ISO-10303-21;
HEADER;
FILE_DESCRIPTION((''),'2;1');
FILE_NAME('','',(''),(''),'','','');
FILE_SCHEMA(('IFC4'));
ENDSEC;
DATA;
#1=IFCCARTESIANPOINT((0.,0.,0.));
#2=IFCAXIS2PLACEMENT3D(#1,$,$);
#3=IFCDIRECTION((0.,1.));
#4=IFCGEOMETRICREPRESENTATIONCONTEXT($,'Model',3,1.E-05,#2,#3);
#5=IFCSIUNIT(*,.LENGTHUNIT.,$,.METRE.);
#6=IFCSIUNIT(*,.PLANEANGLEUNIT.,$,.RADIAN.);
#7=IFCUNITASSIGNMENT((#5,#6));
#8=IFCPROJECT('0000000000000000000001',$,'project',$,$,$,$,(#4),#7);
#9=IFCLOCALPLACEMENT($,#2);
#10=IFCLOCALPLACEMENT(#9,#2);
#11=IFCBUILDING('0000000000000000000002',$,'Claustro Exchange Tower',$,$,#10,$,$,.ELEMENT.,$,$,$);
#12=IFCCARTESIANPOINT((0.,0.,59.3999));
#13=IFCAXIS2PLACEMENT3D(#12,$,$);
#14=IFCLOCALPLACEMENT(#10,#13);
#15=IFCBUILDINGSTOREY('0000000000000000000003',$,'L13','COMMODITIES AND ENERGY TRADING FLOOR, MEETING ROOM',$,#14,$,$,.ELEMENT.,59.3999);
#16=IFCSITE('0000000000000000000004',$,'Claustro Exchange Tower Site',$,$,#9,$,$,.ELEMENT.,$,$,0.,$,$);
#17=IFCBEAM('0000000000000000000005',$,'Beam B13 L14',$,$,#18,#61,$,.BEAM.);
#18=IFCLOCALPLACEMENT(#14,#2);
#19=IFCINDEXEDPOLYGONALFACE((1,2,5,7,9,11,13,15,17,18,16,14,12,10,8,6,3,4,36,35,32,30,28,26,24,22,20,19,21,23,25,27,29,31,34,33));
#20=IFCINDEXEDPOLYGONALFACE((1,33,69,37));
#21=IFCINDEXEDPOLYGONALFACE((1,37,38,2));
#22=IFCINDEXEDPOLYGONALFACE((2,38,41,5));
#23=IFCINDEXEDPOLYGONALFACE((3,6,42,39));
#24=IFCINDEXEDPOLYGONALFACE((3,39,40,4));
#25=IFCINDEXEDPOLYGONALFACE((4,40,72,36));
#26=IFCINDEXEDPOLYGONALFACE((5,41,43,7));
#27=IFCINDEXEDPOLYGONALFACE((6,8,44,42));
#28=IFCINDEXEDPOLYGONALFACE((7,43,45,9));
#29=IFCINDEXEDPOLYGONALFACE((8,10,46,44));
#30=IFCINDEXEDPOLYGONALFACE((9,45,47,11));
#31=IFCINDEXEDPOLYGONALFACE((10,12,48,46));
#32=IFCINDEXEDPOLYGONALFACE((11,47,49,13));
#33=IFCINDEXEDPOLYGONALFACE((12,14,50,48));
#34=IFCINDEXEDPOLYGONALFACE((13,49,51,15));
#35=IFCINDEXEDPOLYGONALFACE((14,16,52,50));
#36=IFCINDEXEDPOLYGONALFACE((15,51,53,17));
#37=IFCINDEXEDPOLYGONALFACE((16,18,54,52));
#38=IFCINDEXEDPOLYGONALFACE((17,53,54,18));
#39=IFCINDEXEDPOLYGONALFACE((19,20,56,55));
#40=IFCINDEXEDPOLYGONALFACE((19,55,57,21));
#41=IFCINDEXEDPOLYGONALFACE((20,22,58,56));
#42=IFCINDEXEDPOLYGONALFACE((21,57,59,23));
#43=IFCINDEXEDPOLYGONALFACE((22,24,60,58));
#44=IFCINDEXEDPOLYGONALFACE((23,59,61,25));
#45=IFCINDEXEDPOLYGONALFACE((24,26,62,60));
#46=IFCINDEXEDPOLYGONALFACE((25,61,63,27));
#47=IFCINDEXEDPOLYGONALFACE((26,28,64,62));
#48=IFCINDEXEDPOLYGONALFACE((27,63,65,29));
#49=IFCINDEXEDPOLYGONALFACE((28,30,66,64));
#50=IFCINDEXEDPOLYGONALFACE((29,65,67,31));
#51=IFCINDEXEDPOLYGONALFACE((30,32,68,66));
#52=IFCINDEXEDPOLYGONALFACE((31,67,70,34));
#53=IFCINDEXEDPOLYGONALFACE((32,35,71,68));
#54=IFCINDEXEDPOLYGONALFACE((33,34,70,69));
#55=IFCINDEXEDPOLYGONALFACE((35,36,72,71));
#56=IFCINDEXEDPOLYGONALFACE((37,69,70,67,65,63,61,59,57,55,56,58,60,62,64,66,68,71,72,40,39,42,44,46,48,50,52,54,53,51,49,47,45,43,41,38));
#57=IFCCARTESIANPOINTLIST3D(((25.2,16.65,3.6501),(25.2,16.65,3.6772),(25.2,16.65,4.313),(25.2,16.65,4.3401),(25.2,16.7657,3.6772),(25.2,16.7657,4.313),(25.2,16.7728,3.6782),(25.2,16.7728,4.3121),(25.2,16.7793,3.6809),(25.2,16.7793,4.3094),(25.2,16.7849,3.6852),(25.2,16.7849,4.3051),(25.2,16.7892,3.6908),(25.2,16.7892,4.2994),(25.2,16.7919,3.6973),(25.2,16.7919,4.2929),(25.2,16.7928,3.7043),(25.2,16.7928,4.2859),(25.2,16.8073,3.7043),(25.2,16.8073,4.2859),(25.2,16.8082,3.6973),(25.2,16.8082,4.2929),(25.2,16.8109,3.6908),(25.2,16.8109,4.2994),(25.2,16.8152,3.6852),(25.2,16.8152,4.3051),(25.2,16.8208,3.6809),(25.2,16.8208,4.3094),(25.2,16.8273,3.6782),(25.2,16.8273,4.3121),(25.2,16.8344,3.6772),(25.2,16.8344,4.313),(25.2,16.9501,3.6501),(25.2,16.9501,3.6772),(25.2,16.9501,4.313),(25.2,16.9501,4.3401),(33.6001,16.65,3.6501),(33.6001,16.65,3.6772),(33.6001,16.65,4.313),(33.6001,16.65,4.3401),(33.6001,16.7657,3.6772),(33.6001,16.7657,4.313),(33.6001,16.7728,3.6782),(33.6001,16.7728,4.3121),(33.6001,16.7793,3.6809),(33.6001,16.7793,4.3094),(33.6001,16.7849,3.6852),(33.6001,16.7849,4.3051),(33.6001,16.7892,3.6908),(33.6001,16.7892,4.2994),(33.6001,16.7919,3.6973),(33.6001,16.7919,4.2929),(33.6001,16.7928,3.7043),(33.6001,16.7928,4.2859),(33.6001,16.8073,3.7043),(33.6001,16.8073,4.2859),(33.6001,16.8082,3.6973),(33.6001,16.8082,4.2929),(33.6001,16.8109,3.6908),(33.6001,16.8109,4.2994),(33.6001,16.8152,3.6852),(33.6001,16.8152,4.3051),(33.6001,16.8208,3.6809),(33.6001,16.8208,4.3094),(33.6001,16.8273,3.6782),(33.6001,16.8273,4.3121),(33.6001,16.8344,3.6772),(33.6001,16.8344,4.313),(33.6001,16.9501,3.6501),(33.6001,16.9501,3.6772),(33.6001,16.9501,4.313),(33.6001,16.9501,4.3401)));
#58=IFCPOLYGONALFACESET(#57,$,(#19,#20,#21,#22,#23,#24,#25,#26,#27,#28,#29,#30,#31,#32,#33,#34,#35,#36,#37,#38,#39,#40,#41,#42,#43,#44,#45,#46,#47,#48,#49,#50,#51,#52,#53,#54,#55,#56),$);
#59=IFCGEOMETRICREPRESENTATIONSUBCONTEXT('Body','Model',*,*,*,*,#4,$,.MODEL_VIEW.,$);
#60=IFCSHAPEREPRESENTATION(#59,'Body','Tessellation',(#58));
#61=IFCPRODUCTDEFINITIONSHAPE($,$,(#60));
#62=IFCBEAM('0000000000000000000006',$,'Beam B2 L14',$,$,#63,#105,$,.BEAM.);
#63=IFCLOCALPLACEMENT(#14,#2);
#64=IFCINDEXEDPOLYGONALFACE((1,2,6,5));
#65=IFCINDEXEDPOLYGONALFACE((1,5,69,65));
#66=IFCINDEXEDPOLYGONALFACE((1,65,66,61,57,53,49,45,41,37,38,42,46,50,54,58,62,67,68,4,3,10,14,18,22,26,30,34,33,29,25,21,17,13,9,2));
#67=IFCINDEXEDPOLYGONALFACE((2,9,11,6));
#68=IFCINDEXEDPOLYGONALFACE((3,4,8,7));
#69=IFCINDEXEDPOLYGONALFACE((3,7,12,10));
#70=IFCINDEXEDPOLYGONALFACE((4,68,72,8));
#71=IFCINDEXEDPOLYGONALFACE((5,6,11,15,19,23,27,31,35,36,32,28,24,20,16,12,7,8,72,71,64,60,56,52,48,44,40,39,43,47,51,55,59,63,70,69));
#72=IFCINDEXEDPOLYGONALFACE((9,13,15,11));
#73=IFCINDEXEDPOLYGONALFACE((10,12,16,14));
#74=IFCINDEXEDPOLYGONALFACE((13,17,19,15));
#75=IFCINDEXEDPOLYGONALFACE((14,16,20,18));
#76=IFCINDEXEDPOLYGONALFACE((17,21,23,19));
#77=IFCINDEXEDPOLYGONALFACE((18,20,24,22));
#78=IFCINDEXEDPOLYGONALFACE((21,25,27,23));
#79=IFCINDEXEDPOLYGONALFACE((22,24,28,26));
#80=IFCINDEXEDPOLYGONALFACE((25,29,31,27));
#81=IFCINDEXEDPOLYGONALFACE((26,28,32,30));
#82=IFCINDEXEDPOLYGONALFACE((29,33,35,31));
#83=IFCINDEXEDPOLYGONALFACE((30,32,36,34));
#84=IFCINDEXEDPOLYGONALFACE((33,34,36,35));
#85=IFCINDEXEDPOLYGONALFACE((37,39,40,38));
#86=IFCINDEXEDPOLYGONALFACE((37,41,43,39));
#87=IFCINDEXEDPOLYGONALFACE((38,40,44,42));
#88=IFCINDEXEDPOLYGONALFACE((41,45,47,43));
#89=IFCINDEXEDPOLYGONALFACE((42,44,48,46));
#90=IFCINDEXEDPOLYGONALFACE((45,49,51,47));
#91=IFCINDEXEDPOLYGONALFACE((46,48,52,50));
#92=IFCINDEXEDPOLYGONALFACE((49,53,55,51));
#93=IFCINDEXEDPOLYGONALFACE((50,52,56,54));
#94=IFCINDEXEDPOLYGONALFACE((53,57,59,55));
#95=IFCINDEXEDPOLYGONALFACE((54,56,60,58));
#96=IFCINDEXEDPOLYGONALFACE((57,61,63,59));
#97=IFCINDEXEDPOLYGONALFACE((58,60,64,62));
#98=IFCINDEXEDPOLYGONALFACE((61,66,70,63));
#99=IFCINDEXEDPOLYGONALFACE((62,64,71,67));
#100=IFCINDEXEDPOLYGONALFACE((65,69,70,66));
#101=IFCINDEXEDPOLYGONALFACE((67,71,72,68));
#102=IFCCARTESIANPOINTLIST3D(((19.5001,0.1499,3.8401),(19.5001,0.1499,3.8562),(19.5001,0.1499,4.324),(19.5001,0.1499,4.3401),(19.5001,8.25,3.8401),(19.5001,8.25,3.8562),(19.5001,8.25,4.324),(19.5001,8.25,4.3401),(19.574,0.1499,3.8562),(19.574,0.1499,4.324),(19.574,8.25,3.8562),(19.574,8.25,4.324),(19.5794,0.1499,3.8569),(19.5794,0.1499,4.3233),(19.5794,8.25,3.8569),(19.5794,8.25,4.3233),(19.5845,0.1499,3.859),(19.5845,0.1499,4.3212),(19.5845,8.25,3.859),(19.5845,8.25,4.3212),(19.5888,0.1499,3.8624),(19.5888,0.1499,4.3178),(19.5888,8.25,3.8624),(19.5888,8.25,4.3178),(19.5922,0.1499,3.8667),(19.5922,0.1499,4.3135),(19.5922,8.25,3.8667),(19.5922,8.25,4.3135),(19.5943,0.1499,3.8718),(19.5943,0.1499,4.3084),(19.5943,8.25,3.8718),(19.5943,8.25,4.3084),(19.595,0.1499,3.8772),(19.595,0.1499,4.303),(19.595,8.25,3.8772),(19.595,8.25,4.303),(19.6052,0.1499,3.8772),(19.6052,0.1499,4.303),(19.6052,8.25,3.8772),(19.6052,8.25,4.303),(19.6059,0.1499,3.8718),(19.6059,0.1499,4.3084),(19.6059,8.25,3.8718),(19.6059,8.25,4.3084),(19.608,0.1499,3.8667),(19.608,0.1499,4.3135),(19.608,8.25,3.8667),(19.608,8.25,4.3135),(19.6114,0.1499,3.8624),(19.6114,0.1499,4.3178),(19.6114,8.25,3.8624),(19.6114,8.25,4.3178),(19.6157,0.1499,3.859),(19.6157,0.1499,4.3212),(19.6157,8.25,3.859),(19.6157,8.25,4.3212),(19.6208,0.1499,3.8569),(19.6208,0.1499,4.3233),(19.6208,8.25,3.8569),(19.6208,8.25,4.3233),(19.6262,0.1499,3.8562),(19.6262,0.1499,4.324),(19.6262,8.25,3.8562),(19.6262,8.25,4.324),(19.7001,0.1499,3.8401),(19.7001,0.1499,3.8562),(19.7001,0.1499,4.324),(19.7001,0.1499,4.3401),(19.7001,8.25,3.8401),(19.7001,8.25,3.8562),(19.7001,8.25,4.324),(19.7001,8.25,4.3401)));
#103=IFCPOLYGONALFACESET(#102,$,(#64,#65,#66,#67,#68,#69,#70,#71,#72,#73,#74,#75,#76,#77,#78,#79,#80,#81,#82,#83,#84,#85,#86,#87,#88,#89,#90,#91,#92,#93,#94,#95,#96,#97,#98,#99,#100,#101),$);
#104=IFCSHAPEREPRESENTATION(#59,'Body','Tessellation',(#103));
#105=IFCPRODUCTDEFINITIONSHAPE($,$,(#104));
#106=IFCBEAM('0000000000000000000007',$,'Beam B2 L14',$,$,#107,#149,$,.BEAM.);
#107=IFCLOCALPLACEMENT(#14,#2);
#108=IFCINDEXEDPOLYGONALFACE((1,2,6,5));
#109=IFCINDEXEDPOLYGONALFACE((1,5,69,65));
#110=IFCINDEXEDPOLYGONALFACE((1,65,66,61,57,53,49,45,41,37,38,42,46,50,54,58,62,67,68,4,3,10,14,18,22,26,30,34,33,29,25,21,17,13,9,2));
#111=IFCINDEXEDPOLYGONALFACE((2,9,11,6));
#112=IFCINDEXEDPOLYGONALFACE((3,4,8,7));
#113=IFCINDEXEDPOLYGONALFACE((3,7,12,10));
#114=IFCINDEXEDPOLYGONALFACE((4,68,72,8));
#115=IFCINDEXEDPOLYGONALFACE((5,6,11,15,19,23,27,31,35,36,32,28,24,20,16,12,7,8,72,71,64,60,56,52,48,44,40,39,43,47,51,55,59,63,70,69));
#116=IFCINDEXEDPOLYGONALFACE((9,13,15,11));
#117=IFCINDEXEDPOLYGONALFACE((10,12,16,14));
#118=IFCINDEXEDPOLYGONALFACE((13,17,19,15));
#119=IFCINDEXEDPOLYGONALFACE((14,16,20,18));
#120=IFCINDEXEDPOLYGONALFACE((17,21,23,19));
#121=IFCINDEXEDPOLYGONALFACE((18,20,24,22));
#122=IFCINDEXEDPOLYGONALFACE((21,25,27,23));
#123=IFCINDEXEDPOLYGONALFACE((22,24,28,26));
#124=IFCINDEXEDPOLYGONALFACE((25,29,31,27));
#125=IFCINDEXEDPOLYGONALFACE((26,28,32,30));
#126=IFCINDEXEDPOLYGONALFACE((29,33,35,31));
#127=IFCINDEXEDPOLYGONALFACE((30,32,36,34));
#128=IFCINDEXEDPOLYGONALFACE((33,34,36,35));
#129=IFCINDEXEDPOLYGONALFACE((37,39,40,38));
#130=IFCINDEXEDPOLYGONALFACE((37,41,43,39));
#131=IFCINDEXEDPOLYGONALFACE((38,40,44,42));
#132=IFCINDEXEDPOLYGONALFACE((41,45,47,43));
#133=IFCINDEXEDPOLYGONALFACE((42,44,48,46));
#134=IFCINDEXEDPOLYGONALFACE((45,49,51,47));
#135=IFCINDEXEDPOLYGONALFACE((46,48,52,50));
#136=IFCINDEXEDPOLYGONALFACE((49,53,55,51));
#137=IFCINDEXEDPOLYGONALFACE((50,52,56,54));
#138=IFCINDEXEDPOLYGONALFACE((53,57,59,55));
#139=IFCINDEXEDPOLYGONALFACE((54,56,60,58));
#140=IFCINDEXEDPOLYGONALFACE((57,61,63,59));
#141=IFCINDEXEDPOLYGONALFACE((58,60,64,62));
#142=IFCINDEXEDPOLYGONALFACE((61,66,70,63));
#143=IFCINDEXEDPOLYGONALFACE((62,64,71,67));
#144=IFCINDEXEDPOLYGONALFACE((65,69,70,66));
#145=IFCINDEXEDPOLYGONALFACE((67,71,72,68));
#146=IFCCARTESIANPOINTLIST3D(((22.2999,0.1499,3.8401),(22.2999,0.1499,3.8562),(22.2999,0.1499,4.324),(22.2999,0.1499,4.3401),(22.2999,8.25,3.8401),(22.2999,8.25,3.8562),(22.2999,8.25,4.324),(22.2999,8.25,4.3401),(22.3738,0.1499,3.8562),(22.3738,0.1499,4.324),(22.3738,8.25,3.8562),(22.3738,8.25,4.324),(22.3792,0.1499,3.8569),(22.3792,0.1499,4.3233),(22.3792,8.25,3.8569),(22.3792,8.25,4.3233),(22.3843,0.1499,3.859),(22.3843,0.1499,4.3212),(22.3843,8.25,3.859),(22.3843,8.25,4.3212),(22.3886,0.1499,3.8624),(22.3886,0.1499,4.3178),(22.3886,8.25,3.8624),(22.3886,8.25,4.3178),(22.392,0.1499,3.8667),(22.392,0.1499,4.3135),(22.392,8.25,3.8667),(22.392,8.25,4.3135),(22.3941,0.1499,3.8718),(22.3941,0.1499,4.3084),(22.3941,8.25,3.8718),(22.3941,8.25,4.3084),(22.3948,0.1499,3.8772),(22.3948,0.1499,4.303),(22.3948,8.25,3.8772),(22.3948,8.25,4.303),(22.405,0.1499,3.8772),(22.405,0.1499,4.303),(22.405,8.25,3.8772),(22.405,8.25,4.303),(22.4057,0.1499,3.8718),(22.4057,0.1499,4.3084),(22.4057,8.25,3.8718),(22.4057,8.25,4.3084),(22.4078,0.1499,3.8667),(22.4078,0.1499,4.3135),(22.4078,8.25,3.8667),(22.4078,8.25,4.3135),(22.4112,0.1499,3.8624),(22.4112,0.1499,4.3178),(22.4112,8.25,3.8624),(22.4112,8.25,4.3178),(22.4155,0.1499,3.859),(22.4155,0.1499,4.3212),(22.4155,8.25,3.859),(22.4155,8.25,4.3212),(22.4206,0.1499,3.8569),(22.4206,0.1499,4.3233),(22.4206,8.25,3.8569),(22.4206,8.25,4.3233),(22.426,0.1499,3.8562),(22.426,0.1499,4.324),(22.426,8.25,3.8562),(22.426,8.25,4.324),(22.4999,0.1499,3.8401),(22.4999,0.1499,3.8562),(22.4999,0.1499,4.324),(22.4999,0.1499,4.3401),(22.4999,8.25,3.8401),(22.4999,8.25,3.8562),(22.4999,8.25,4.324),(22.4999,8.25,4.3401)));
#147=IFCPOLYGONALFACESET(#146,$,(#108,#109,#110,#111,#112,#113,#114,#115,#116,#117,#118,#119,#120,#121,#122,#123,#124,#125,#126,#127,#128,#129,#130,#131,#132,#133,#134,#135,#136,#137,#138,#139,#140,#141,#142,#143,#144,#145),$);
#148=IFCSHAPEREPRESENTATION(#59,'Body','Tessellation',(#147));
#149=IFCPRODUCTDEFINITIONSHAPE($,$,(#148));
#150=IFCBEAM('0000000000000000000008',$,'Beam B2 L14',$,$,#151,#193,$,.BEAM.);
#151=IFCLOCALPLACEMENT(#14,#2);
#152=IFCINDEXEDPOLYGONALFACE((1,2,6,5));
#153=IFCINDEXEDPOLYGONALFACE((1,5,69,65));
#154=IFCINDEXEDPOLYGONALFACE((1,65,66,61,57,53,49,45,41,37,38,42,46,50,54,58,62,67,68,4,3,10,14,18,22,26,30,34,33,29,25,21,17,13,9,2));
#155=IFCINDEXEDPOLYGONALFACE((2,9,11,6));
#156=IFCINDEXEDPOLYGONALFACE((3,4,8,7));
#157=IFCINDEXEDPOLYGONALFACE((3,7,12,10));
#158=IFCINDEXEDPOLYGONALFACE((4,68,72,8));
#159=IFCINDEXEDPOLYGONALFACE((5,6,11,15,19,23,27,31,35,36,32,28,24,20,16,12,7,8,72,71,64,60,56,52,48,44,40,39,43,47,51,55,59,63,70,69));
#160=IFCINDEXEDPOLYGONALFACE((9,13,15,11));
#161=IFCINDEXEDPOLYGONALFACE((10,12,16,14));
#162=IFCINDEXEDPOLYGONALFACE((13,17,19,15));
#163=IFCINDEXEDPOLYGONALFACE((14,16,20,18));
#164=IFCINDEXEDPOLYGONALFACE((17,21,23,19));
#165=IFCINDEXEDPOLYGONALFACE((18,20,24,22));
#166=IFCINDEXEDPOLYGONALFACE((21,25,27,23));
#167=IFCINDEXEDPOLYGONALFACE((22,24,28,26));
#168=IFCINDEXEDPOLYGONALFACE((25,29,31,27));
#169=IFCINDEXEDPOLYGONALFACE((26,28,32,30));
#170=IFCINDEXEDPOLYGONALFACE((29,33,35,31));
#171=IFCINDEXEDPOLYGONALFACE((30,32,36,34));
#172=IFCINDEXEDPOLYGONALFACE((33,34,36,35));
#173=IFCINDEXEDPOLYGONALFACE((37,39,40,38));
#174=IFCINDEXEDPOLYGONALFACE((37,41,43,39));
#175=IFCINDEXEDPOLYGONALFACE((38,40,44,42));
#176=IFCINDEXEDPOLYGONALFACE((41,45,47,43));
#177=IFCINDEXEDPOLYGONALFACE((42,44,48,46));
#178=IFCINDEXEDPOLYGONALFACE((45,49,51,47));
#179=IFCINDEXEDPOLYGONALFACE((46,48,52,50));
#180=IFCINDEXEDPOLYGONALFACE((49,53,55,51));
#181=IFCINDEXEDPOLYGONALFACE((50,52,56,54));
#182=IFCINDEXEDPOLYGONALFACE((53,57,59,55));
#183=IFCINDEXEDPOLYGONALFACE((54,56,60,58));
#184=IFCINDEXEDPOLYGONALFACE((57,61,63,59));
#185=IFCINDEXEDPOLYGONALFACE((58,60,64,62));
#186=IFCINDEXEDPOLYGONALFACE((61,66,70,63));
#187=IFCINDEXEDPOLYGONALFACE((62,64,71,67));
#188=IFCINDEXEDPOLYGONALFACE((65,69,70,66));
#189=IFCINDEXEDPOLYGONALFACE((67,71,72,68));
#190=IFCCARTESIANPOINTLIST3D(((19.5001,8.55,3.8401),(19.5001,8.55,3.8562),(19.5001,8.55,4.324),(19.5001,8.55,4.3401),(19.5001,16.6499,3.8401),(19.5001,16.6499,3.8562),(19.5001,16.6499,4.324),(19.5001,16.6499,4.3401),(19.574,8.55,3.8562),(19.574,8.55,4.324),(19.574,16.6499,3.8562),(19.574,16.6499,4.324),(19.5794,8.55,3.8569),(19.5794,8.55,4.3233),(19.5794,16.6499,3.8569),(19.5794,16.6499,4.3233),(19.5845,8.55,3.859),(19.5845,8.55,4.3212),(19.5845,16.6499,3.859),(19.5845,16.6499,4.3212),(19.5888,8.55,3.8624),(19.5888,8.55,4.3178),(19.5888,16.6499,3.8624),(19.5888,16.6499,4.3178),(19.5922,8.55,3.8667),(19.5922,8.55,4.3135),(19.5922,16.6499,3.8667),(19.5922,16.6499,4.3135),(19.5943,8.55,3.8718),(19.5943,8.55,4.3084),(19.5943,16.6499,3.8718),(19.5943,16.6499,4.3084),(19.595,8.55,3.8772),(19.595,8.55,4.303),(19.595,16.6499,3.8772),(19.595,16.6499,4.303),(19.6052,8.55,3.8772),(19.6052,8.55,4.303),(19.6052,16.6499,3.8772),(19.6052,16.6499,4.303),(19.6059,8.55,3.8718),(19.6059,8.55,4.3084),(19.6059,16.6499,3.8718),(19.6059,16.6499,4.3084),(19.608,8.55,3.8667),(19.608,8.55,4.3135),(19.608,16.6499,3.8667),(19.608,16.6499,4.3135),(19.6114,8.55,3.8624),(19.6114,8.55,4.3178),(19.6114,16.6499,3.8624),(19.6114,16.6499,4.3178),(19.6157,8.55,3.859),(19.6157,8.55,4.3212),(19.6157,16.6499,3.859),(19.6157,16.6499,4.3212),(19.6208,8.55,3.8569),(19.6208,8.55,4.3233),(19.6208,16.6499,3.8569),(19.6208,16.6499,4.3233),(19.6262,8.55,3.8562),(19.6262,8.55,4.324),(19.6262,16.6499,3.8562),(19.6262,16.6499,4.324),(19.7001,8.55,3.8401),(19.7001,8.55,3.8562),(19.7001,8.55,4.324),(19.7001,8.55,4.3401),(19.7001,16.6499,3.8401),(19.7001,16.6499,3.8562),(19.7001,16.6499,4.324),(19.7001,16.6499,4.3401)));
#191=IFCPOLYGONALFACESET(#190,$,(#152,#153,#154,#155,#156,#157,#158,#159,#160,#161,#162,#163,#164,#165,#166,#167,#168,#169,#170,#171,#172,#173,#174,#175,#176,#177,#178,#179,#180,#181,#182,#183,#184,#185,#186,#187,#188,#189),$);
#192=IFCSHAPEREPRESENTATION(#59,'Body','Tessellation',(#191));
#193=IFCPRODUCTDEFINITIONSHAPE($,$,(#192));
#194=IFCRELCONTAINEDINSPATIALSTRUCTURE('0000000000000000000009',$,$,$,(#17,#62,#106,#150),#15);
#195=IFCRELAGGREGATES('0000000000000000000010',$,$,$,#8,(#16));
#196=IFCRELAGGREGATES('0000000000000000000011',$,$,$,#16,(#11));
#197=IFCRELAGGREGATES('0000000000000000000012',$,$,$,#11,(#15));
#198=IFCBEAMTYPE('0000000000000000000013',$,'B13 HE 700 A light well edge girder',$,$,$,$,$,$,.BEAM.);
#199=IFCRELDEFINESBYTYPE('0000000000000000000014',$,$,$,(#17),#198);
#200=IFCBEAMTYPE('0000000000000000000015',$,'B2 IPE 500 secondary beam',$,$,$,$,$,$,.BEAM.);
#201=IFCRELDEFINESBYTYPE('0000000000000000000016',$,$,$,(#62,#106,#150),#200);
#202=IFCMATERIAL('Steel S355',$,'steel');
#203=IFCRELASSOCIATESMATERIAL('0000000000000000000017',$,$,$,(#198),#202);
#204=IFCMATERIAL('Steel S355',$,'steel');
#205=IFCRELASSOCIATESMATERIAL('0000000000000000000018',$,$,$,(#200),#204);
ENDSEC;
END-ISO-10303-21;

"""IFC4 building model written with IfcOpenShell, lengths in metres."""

from ifc_helpers import new_model, si_unit, direction, frame, origin, origin_2d, place, context, subcontext, project, spatial, i_section, extrude, material, material_profile, profile_set, type_object, element, save


model = new_model("IFC4")

# Units and contexts
model_context = context("Model", 3, precision=1e-05, world=origin(), true_north=direction((0.0, 1.0)))
body_context = subcontext(model_context, "Body", "Model", "MODEL_VIEW")
ifc_project = project(units=[si_unit("LENGTHUNIT", "METRE"), si_unit("PLANEANGLEUNIT", "RADIAN")], contexts=[model_context])

# Site, building, storey
site_placement = place(None, origin())
site = spatial("IfcSite", under=ifc_project, at=site_placement, Name="Claustro Exchange Tower Site", CompositionType="ELEMENT", RefElevation=0.0)
building_placement = place(site_placement, origin())
building = spatial("IfcBuilding", under=site, at=building_placement, Name="Claustro Exchange Tower", CompositionType="ELEMENT")
storey_placement = place(building_placement, frame((0.0, 0.0, 59.3999)))
storey = spatial("IfcBuildingStorey", under=building, at=storey_placement, Name="L13", Description="COMMODITIES AND ENERGY TRADING FLOOR, MEETING ROOM", CompositionType="ELEMENT", Elevation=59.3999)

# Beams
ifc_material_1 = material(Name="Steel S355", Category="steel")
ifc_material_profile_1 = material_profile(ifc_material_1, i_section(OverallWidth=0.3, OverallDepth=0.6899, WebThickness=0.0144, FlangeThickness=0.0271, FilletRadius=0.0271, at=origin_2d()), Name="HE 700 A")
ifc_profile_set_1 = profile_set([ifc_material_profile_1], Name="Steel S355")
beam_type_1 = type_object("IfcBeamType", Name="B13 HE 700 A light well edge girder", PredefinedType="BEAM", material=ifc_profile_set_1)
beam_1_placement = place(storey_placement, frame((25.2, 16.8, 3.9951), z_axis=(1.0, 0.0, 0.0), x_axis=(0.0, 1.0, 0.0)))
element("IfcBeam", 1, at=beam_1_placement, inside=storey, type_object=beam_type_1, Name="Beam B13 L14", PredefinedType="BEAM", context=body_context, shape_type="SweptSolid", body=[
    extrude(i_section(OverallWidth=0.3, OverallDepth=0.6899, WebThickness=0.0144, FlangeThickness=0.0271, FilletRadius=0.0271, at=origin_2d()), origin(), (0.0, 0.0, 1.0), 8.4001),
])
ifc_material_2 = material(Name="Steel S355", Category="steel")
ifc_material_profile_2 = material_profile(ifc_material_2, i_section(OverallWidth=0.2, OverallDepth=0.5, WebThickness=0.0103, FlangeThickness=0.0161, FilletRadius=0.021, at=origin_2d()), Name="IPE 500")
ifc_profile_set_2 = profile_set([ifc_material_profile_2], Name="Steel S355")
beam_type_2 = type_object("IfcBeamType", Name="B2 IPE 500 secondary beam", PredefinedType="BEAM", material=ifc_profile_set_2)
for number, where, z_axis, x_axis, name in (
    (2, (19.6001, 0.1499, 4.0901), (0.0, 1.0, 0.0), (-1.0, 0.0, 0.0), "Beam B2 L14"),
    (3, (22.3999, 0.1499, 4.0901), (0.0, 1.0, 0.0), (-1.0, 0.0, 0.0), "Beam B2 L14"),
):
    element("IfcBeam", number, at=place(storey_placement, frame(where, z_axis=z_axis, x_axis=x_axis)), inside=storey, type_object=beam_type_2, Name=name, PredefinedType="BEAM", context=body_context, shape_type="SweptSolid", body=[
        extrude(i_section(OverallWidth=0.2, OverallDepth=0.5, WebThickness=0.0103, FlangeThickness=0.0161, FilletRadius=0.021, at=origin_2d()), origin(), (0.0, 0.0, 1.0), 8.1001),
    ])
for number, where, z_axis, x_axis, name in (
    (4, (19.6001, 8.55, 4.0901), (0.0, 1.0, 0.0), (-1.0, 0.0, 0.0), "Beam B2 L14"),
):
    element("IfcBeam", number, at=place(storey_placement, frame(where, z_axis=z_axis, x_axis=x_axis)), inside=storey, type_object=beam_type_2, Name=name, PredefinedType="BEAM", context=body_context, shape_type="SweptSolid", body=[
        extrude(i_section(OverallWidth=0.2, OverallDepth=0.5, WebThickness=0.0103, FlangeThickness=0.0161, FilletRadius=0.021, at=origin_2d()), origin(), (0.0, 0.0, 1.0), 8.0999),
    ])

save(model, "model.ifc")
